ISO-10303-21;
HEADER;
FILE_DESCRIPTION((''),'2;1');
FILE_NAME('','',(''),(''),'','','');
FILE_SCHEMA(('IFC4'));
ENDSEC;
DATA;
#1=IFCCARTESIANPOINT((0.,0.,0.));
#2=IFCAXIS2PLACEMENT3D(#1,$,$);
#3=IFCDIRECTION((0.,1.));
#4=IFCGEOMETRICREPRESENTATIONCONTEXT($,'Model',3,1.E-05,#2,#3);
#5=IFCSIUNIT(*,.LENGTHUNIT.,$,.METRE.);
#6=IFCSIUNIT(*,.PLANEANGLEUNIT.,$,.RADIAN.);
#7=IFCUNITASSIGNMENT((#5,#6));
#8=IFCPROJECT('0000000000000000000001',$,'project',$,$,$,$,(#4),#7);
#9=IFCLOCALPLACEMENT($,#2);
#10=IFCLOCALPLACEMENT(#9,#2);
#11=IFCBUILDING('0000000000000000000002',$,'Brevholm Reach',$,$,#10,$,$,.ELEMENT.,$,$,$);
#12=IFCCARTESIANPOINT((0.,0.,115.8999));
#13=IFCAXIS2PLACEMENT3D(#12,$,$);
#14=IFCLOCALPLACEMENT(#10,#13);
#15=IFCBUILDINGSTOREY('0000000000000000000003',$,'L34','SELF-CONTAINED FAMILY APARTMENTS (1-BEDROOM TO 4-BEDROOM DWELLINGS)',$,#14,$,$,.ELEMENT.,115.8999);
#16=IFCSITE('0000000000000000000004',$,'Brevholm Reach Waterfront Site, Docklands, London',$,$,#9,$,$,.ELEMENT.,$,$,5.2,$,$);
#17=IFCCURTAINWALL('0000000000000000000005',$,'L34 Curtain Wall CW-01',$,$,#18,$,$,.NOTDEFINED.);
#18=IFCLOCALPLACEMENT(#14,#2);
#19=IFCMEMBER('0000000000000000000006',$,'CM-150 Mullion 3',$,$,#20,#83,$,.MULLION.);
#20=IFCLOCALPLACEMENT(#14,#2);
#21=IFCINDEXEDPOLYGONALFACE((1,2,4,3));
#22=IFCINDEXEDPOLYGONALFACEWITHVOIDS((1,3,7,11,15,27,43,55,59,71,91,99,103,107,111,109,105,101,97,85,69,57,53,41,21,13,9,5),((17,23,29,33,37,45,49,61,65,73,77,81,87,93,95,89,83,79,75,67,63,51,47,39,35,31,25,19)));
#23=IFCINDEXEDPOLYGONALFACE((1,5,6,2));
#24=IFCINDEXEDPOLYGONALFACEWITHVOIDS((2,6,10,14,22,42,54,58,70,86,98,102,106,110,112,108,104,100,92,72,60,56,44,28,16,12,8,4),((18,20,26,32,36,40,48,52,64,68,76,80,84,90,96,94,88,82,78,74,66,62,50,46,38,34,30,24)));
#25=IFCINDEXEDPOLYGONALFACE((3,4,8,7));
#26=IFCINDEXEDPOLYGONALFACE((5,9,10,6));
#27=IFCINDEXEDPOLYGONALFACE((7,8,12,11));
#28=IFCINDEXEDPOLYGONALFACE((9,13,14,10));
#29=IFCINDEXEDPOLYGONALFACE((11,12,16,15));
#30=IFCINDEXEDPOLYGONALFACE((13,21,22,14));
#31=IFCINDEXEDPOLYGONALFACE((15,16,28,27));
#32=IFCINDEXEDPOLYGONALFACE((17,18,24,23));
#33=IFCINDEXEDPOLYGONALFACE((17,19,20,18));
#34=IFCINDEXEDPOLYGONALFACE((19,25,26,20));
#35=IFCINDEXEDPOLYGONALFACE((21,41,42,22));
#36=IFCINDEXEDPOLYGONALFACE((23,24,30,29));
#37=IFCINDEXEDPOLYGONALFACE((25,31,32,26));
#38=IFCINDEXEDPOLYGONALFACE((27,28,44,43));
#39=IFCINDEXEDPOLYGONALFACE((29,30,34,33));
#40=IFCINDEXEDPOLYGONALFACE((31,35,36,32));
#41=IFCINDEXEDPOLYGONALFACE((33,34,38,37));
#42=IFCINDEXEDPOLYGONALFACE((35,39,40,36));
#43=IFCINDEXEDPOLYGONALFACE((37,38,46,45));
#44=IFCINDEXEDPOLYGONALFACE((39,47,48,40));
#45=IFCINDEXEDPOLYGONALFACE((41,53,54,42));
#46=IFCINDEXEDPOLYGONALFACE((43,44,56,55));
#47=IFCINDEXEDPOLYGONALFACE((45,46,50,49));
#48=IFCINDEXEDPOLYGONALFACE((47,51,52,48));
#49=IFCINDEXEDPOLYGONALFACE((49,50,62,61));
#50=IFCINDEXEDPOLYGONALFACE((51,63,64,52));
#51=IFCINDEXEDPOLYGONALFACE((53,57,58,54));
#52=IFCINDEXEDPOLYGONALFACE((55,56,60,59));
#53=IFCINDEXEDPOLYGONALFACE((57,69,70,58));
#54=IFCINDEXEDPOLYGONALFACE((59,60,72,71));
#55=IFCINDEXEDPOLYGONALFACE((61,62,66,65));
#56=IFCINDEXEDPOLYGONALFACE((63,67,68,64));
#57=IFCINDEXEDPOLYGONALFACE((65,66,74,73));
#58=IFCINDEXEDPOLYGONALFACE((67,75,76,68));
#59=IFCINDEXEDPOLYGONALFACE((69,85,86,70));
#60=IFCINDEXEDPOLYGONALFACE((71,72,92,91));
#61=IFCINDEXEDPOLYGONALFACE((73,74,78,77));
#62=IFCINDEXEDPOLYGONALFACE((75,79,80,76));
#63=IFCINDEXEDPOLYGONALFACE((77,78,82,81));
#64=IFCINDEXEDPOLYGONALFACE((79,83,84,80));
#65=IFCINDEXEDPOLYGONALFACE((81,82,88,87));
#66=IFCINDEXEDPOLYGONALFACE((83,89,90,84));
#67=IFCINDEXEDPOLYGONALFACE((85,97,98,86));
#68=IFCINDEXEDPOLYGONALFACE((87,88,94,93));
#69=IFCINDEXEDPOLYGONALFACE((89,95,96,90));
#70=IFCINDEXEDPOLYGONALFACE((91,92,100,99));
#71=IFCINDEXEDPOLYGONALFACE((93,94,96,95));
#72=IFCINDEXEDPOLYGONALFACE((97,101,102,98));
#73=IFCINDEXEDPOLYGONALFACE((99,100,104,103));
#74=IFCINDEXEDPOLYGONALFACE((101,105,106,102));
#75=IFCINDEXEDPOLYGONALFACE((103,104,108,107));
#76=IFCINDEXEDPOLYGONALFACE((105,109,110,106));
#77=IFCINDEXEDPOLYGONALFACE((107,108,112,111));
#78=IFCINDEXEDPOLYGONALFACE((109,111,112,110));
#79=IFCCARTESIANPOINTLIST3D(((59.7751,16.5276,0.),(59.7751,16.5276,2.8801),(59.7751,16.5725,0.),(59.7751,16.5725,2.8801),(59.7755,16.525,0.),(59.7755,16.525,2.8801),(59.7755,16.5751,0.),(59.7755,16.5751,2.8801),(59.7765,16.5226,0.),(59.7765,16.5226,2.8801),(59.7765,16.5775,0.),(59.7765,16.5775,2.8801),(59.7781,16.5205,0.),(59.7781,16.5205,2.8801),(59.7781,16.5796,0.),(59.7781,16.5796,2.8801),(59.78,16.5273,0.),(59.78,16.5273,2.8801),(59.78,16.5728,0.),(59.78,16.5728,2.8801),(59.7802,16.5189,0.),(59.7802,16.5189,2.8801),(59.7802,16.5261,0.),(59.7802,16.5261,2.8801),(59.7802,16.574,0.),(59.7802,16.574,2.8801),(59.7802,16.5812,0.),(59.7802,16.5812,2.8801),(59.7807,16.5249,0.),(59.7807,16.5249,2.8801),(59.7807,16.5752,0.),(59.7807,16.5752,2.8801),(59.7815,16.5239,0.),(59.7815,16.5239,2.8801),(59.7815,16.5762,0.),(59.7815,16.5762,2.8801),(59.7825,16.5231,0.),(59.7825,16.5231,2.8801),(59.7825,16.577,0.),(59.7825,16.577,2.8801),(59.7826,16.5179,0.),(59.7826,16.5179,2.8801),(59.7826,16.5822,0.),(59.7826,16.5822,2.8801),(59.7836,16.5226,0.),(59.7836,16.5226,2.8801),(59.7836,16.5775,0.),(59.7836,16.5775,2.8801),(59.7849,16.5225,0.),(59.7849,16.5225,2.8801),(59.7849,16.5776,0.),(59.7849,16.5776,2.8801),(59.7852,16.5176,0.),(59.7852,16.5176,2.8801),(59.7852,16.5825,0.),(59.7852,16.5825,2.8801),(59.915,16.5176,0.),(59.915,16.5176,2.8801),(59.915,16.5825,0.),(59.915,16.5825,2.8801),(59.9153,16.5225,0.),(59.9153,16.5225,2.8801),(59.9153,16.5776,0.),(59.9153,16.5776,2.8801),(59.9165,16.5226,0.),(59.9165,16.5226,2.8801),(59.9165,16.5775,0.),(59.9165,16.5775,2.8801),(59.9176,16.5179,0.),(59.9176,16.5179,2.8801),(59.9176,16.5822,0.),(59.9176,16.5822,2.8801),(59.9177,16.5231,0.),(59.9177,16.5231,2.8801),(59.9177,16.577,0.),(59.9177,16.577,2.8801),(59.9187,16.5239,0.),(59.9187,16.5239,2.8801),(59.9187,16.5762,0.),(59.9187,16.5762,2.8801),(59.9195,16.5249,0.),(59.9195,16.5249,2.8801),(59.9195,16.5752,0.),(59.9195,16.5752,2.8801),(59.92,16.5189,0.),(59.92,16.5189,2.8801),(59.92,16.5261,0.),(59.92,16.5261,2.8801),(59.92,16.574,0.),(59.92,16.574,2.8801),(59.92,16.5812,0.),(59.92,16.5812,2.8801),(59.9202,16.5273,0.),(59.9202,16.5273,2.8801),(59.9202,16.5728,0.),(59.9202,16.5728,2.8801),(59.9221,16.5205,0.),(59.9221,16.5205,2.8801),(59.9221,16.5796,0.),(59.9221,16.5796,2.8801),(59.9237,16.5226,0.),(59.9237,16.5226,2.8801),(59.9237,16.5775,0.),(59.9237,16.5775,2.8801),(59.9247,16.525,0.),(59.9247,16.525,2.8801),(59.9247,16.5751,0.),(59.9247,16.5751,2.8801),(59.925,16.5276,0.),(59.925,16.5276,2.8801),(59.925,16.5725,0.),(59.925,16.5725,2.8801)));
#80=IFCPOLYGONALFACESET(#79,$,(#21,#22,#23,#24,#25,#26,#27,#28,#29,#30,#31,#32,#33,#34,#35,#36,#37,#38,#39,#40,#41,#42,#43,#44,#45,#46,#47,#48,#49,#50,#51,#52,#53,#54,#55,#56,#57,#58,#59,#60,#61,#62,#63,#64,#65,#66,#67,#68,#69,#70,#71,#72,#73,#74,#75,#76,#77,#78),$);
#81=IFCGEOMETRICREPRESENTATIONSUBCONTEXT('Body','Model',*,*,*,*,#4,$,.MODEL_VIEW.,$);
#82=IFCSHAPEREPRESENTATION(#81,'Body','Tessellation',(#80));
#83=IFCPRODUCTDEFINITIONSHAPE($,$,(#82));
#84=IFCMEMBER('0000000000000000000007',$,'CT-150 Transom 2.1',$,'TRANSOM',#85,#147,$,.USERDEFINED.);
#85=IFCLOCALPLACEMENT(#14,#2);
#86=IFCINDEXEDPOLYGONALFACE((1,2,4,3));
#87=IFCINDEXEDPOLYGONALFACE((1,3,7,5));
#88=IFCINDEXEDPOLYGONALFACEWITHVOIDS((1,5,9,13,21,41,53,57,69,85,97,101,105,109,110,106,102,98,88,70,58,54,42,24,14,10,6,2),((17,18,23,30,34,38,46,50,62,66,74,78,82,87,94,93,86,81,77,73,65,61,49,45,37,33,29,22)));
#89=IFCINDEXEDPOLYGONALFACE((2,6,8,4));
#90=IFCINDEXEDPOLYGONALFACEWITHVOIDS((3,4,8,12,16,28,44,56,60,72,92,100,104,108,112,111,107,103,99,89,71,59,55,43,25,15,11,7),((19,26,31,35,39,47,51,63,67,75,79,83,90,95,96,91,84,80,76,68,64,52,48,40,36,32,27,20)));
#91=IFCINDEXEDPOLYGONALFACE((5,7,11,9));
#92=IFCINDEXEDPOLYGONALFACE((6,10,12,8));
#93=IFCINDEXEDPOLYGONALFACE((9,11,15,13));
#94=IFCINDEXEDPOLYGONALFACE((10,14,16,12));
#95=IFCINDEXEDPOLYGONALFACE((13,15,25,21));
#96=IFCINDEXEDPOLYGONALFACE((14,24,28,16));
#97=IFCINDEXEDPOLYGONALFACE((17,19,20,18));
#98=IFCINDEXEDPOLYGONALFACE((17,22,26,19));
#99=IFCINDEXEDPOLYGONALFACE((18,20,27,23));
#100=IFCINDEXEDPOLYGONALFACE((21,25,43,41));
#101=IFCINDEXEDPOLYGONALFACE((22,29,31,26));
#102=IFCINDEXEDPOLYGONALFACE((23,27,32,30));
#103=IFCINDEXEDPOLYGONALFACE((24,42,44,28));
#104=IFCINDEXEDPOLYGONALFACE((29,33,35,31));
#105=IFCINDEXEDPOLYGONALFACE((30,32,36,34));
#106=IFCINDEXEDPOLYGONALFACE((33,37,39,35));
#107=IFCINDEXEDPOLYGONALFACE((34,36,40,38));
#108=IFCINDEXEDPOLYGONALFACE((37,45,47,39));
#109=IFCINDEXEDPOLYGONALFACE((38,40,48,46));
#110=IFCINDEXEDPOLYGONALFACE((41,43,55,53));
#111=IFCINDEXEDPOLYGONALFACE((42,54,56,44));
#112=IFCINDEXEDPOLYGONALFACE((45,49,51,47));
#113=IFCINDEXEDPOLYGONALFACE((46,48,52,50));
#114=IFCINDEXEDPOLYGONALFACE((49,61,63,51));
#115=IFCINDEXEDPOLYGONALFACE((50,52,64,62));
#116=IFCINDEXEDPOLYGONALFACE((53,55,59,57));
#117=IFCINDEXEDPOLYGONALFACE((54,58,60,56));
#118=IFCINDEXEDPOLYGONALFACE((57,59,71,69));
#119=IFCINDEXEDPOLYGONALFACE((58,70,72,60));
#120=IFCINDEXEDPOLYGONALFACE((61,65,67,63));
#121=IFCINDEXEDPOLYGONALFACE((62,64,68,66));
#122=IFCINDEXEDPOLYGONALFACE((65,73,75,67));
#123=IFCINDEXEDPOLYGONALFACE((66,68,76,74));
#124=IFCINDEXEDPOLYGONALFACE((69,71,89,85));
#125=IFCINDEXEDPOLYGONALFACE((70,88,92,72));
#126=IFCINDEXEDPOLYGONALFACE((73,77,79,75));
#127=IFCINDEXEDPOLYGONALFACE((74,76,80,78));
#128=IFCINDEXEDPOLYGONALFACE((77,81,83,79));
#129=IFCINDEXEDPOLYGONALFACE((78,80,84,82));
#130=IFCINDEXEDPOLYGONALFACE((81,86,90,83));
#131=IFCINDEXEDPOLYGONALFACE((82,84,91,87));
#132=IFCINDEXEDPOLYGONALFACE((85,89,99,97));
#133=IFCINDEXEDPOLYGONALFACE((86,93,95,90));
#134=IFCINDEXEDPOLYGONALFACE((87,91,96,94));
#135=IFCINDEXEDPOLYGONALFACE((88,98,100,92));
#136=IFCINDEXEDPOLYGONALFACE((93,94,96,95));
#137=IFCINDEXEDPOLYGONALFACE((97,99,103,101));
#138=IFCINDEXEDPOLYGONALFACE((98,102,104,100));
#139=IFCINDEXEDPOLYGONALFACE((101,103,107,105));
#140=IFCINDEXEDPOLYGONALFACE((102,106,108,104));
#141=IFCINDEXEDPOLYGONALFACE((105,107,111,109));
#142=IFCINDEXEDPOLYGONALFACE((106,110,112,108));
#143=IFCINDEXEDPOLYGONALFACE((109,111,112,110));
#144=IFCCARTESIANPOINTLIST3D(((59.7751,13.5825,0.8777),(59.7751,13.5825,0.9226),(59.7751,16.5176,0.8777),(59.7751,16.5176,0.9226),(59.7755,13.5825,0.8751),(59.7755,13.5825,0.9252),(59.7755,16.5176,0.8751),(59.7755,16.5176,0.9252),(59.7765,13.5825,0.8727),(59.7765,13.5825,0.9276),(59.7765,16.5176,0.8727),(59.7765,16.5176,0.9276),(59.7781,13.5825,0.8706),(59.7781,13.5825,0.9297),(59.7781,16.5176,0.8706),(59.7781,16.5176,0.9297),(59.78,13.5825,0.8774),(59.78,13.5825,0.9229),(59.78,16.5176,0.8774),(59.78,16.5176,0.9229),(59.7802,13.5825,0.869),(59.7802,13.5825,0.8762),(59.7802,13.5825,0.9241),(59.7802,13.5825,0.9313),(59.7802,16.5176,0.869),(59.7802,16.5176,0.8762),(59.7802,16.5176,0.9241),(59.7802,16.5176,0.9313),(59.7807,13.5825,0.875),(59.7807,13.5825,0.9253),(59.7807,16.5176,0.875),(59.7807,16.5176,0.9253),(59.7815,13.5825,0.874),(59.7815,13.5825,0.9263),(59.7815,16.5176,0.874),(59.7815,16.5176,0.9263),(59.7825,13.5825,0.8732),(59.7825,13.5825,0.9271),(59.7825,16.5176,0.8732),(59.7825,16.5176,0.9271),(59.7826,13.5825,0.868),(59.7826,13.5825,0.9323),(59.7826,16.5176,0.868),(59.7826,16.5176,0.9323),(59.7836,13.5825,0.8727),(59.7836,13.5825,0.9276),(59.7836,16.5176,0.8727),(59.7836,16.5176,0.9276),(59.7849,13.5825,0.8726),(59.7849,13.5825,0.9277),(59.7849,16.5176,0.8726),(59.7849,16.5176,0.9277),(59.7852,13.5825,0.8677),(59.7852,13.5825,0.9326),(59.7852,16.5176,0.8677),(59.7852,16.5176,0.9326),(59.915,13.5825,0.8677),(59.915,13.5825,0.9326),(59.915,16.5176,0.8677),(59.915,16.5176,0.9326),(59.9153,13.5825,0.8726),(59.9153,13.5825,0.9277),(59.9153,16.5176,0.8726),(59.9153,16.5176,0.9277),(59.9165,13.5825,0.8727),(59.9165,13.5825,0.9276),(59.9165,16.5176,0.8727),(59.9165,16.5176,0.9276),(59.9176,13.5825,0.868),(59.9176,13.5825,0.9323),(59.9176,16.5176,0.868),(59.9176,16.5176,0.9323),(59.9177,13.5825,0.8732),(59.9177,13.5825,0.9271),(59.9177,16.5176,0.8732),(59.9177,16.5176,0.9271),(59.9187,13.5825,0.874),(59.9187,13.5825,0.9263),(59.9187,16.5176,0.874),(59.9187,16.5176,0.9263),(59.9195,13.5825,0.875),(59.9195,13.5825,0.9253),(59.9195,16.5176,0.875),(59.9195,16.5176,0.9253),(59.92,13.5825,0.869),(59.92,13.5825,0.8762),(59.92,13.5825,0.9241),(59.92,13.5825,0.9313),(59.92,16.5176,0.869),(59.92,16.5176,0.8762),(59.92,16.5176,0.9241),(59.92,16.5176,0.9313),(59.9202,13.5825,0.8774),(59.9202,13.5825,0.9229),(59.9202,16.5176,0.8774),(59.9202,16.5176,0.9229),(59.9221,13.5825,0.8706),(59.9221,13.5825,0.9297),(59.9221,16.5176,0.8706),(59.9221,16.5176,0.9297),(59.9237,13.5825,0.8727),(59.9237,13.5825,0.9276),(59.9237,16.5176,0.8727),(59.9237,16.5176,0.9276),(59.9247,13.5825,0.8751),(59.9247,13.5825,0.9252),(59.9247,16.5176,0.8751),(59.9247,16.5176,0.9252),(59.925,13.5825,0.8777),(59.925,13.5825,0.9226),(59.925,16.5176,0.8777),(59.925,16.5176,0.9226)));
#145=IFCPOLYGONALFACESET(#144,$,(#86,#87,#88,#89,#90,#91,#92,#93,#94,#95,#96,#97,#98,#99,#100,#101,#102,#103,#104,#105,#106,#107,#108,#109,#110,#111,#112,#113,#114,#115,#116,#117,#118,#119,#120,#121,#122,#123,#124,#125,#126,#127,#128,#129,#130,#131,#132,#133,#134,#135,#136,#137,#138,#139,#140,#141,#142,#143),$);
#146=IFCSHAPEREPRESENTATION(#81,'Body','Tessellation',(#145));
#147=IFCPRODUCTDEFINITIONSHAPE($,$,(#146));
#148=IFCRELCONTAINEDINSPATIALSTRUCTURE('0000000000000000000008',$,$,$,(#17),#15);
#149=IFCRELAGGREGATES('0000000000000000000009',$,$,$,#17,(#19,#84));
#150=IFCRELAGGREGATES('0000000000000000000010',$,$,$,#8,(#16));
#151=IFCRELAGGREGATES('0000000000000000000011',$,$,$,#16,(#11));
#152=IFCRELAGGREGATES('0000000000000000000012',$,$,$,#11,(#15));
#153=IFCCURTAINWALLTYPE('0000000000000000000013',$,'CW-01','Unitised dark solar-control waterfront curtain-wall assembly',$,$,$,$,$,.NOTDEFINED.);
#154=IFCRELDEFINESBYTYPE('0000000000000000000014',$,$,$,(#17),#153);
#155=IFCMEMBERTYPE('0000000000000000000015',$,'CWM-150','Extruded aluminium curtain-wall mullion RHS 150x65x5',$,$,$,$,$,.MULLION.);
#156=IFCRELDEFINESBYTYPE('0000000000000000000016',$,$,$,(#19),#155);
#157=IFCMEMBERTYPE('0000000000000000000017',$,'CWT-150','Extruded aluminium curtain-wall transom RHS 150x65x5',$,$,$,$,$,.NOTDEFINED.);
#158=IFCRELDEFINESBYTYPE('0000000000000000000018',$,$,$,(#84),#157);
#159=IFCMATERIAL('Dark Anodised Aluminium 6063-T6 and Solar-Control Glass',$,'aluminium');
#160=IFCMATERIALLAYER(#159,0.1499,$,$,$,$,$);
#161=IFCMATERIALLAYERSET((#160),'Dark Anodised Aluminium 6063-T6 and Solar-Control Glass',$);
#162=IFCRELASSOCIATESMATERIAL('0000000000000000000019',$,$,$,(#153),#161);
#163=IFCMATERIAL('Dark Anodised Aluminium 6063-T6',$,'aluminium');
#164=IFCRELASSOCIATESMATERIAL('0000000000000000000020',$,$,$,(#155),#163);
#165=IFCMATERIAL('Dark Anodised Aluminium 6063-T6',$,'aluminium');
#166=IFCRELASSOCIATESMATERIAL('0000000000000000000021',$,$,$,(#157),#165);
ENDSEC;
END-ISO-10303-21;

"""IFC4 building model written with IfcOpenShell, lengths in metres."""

from ifc_helpers import new_model, si_unit, direction, frame, origin, origin_2d, place, context, subcontext, project, spatial, hollow_rectangle, extrude, material, layer, layer_set, material_profile, profile_set, type_object, element, aggregate, save


model = new_model("IFC4")

# Units and contexts
model_context = context("Model", 3, precision=1e-05, world=origin(), true_north=direction((0.0, 1.0)))
body_context = subcontext(model_context, "Body", "Model", "MODEL_VIEW")
ifc_project = project(units=[si_unit("LENGTHUNIT", "METRE"), si_unit("PLANEANGLEUNIT", "RADIAN")], contexts=[model_context])

# Site, building, storey
site_placement = place(None, origin())
site = spatial("IfcSite", under=ifc_project, at=site_placement, Name="Brevholm Reach Waterfront Site, Docklands, London", CompositionType="ELEMENT", RefElevation=5.2)
building_placement = place(site_placement, origin())
building = spatial("IfcBuilding", under=site, at=building_placement, Name="Brevholm Reach", CompositionType="ELEMENT")
storey_placement = place(building_placement, frame((0.0, 0.0, 115.8999)))
storey = spatial("IfcBuildingStorey", under=building, at=storey_placement, Name="L34", Description="SELF-CONTAINED FAMILY APARTMENTS (1-BEDROOM TO 4-BEDROOM DWELLINGS)", CompositionType="ELEMENT", Elevation=115.8999)

# Curtain wall, members
ifc_material_1 = material(Name="Dark Anodised Aluminium 6063-T6 and Solar-Control Glass", Category="aluminium")
ifc_layer_1 = layer(ifc_material_1, 0.1499)
ifc_layer_set_1 = layer_set([ifc_layer_1], Name="Dark Anodised Aluminium 6063-T6 and Solar-Control Glass")
curtain_wall_type = type_object("IfcCurtainWallType", Name="CW-01", Description="Unitised dark solar-control waterfront curtain-wall assembly", PredefinedType="NOTDEFINED", material=ifc_layer_set_1)
curtain_wall_placement = place(storey_placement, origin())
curtain_wall = element("IfcCurtainWall", 1, at=curtain_wall_placement, inside=storey, type_object=curtain_wall_type, Name="L34 Curtain Wall CW-01", PredefinedType="NOTDEFINED")
ifc_material_2 = material(Name="Dark Anodised Aluminium 6063-T6", Category="aluminium")
ifc_material_profile_1 = material_profile(ifc_material_2, hollow_rectangle(XDim=0.0649, YDim=0.1499, WallThickness=0.0049, InnerFilletRadius=0.0049, OuterFilletRadius=0.01, at=origin_2d()), Name="RHS 150x65x5")
ifc_profile_set_1 = profile_set([ifc_material_profile_1], Name="Dark Anodised Aluminium 6063-T6")
member_type_1 = type_object("IfcMemberType", Name="CWM-150", Description="Extruded aluminium curtain-wall mullion RHS 150x65x5", PredefinedType="MULLION", material=ifc_profile_set_1)
member_1_placement = place(storey_placement, frame((59.8501, 16.55, 0.0), z_axis=(0.0, 0.0, 1.0), x_axis=(0.0, 1.0, 0.0)))
member_1 = element("IfcMember", 2, at=member_1_placement, type_object=member_type_1, Name="CM-150 Mullion 3", PredefinedType="MULLION", context=body_context, shape_type="SweptSolid", body=[
    extrude(hollow_rectangle(XDim=0.0649, YDim=0.1499, WallThickness=0.0049, InnerFilletRadius=0.0049, OuterFilletRadius=0.01, at=origin_2d()), origin(), (0.0, 0.0, 1.0), 2.8801),
])
ifc_material_3 = material(Name="Dark Anodised Aluminium 6063-T6", Category="aluminium")
ifc_material_profile_2 = material_profile(ifc_material_3, hollow_rectangle(XDim=0.0649, YDim=0.1499, WallThickness=0.0049, InnerFilletRadius=0.0049, OuterFilletRadius=0.01, at=origin_2d()), Name="RHS 150x65x5")
ifc_profile_set_2 = profile_set([ifc_material_profile_2], Name="Dark Anodised Aluminium 6063-T6")
member_type_2 = type_object("IfcMemberType", Name="CWT-150", Description="Extruded aluminium curtain-wall transom RHS 150x65x5", PredefinedType="NOTDEFINED", material=ifc_profile_set_2)
member_2_placement = place(storey_placement, frame((59.8501, 13.5825, 0.9001), z_axis=(0.0, 1.0, 0.0), x_axis=(0.0, 0.0, 1.0)))
member_2 = element("IfcMember", 3, at=member_2_placement, type_object=member_type_2, Name="CT-150 Transom 2.1", ObjectType="TRANSOM", PredefinedType="USERDEFINED", context=body_context, shape_type="SweptSolid", body=[
    extrude(hollow_rectangle(XDim=0.0649, YDim=0.1499, WallThickness=0.0049, InnerFilletRadius=0.0049, OuterFilletRadius=0.01, at=origin_2d()), origin(), (0.0, 0.0, 1.0), 2.9351),
])
aggregate(curtain_wall, [member_1, member_2])

save(model, "model.ifc")
